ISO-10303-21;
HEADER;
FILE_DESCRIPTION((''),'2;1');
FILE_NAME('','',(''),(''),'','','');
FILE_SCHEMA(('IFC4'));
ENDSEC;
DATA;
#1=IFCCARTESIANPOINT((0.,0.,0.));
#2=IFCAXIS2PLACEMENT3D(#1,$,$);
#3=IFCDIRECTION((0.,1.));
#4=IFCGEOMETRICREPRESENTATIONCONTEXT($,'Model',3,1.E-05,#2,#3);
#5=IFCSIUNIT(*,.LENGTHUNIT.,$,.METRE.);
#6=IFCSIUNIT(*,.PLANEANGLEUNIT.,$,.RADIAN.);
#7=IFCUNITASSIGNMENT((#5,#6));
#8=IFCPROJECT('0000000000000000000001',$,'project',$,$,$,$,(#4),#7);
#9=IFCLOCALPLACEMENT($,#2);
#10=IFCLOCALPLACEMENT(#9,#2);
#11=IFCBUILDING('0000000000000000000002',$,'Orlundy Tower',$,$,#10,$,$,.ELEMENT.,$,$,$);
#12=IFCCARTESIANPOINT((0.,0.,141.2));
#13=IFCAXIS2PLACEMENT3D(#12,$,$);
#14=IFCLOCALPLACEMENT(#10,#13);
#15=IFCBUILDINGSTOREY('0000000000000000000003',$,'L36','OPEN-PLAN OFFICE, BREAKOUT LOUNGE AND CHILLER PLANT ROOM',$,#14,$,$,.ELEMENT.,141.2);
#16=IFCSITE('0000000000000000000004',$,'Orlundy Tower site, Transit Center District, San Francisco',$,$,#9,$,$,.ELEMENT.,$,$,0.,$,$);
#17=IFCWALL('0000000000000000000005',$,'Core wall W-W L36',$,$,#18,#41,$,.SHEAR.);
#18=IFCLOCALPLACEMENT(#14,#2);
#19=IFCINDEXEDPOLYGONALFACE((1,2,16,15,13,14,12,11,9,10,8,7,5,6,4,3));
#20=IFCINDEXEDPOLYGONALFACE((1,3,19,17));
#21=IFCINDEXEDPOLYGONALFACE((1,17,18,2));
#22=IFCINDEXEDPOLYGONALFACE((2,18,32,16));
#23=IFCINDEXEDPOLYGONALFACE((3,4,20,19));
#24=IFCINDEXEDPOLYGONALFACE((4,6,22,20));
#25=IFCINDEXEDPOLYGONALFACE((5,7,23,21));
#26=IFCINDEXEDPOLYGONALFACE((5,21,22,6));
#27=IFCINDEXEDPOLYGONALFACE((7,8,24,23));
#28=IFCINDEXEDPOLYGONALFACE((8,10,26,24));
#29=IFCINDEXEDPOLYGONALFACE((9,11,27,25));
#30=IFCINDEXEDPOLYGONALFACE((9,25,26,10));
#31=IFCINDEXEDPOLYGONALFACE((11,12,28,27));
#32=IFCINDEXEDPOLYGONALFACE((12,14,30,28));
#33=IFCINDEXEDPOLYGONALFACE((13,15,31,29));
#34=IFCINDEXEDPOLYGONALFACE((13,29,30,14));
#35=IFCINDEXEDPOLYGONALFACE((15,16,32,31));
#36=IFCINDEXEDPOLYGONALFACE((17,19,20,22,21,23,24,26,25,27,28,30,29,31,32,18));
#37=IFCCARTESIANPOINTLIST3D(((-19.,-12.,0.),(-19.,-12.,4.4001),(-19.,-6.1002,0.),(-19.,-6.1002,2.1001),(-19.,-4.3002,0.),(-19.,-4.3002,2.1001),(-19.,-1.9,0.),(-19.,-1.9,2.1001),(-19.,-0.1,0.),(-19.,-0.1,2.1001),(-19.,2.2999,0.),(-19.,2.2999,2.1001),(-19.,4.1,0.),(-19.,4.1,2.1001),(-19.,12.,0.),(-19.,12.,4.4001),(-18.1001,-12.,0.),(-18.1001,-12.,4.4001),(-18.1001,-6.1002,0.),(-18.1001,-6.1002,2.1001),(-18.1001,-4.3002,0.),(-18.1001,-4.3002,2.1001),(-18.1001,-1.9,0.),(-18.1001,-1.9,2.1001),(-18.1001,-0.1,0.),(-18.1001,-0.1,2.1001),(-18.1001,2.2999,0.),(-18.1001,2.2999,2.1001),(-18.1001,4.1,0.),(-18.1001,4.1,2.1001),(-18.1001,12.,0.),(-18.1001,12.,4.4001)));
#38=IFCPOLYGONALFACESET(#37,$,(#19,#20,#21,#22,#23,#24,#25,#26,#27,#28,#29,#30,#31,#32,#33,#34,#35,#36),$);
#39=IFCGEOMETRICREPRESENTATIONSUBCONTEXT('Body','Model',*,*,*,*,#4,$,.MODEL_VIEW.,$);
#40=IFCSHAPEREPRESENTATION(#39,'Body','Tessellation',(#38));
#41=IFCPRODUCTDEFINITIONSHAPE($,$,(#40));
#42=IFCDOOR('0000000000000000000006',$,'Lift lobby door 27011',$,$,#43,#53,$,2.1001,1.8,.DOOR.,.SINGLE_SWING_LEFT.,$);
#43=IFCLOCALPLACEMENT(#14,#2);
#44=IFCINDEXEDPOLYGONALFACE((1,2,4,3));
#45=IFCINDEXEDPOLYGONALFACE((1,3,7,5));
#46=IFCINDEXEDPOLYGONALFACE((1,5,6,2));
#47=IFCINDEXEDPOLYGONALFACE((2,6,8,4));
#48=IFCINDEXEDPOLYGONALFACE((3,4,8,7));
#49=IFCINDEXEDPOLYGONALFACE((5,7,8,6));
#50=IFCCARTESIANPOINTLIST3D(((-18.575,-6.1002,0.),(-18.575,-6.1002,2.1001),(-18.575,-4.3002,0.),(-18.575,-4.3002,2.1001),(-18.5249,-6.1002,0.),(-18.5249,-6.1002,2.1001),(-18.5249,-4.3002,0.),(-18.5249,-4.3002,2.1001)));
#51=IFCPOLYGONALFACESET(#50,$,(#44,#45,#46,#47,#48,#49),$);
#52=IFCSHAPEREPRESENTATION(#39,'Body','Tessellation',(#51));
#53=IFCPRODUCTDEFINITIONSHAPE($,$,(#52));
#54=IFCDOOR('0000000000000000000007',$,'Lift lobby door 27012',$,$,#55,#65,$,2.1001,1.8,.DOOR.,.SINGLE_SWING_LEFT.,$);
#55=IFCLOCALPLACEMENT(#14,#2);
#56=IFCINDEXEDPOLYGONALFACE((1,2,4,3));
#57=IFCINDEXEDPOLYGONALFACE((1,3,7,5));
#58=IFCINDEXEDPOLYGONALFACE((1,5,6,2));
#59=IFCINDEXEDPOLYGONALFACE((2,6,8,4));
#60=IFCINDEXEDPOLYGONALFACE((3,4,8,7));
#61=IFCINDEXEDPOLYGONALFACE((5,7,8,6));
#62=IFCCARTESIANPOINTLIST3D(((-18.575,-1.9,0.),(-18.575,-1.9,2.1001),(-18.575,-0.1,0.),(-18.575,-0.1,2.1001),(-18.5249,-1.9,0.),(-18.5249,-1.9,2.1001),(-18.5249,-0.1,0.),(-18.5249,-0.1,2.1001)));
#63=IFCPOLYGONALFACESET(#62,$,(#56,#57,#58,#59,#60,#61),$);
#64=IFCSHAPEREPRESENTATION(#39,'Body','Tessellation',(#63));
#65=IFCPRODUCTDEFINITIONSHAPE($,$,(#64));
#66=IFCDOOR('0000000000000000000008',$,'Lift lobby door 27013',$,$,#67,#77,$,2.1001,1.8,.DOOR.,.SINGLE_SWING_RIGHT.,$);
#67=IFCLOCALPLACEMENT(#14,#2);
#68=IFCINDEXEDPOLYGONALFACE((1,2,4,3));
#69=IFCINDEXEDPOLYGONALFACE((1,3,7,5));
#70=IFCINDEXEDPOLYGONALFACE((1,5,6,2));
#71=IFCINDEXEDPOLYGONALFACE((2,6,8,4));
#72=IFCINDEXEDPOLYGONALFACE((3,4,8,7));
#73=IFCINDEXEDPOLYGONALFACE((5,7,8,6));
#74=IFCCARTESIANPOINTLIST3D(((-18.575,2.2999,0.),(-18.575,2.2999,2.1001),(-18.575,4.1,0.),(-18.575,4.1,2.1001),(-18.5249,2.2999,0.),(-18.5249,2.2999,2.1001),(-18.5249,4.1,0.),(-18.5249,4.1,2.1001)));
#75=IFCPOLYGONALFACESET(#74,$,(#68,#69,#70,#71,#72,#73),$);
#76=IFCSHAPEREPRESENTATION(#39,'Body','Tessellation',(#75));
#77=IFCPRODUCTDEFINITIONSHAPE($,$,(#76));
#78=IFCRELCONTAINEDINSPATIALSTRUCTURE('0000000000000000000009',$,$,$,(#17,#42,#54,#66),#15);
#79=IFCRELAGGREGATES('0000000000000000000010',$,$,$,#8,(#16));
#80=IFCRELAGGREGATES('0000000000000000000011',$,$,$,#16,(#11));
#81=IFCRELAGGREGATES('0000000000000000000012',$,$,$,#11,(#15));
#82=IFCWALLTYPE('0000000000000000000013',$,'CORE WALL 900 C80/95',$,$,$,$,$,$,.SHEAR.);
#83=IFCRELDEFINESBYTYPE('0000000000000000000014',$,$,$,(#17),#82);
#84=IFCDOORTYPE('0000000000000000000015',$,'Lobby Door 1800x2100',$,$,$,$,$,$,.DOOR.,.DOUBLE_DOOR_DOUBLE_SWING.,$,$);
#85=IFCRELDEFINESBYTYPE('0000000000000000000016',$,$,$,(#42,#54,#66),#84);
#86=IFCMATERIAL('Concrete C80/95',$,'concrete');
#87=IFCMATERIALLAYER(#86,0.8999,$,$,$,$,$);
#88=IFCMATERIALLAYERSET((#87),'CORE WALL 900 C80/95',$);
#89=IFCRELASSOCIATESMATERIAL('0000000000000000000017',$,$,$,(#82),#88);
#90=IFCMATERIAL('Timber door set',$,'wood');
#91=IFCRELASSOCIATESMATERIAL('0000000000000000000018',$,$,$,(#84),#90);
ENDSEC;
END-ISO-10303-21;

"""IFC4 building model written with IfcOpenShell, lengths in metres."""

from ifc_helpers import new_model, si_unit, direction, frame, frame_2d, origin, place, context, subcontext, project, spatial, rectangle, extrude, material, layer, layer_set, type_object, element, fill, save


model = new_model("IFC4")

# Units and contexts
model_context = context("Model", 3, precision=1e-05, world=origin(), true_north=direction((0.0, 1.0)))
body_context = subcontext(model_context, "Body", "Model", "MODEL_VIEW")
ifc_project = project(units=[si_unit("LENGTHUNIT", "METRE"), si_unit("PLANEANGLEUNIT", "RADIAN")], contexts=[model_context])

# Site, building, storey
site_placement = place(None, origin())
site = spatial("IfcSite", under=ifc_project, at=site_placement, Name="Orlundy Tower site, Transit Center District, San Francisco", CompositionType="ELEMENT", RefElevation=0.0)
building_placement = place(site_placement, origin())
building = spatial("IfcBuilding", under=site, at=building_placement, Name="Orlundy Tower", CompositionType="ELEMENT")
storey_placement = place(building_placement, frame((0.0, 0.0, 141.2)))
storey = spatial("IfcBuildingStorey", under=building, at=storey_placement, Name="L36", Description="OPEN-PLAN OFFICE, BREAKOUT LOUNGE AND CHILLER PLANT ROOM", CompositionType="ELEMENT", Elevation=141.2)

# Wall, openings, doors
ifc_material_1 = material(Name="Concrete C80/95", Category="concrete")
ifc_layer_1 = layer(ifc_material_1, 0.8999)
ifc_layer_set_1 = layer_set([ifc_layer_1], Name="CORE WALL 900 C80/95")
wall_type = type_object("IfcWallType", Name="CORE WALL 900 C80/95", PredefinedType="SHEAR", material=ifc_layer_set_1)
wall_1_placement = place(storey_placement, frame((-18.55, -12.0, 0.0), z_axis=(0.0, 0.0, 1.0), x_axis=(0.0, 1.0, 0.0)))
wall_1 = element("IfcWall", 1, at=wall_1_placement, inside=storey, type_object=wall_type, Name="Core wall W-W L36", PredefinedType="SHEAR", context=body_context, shape_type="SweptSolid", body=[
    extrude(rectangle(XDim=24.0, YDim=0.8999, at=frame_2d((12.0, 0.0))), origin(), (0.0, 0.0, 1.0), 4.4001),
])
opening_1_placement = place(wall_1_placement, frame((5.8999, 0.0, 0.0)))
opening_1 = element("IfcOpeningElement", 2, at=opening_1_placement, cuts=wall_1, PredefinedType="OPENING", context=body_context, shape_type="SweptSolid", body=[
    extrude(rectangle(XDim=1.8, YDim=2.1001, at=frame_2d((0.8999, 1.05))), frame((0.0, 0.46, 0.0), z_axis=(0.0, -1.0, 0.0), x_axis=(1.0, 0.0, 0.0)), (0.0, 0.0, 1.0), 0.9199),
])
opening_2_placement = place(wall_1_placement, frame((10.1001, 0.0, 0.0)))
opening_2 = element("IfcOpeningElement", 3, at=opening_2_placement, cuts=wall_1, PredefinedType="OPENING", context=body_context, shape_type="SweptSolid", body=[
    extrude(rectangle(XDim=1.8, YDim=2.1001, at=frame_2d((0.8999, 1.05))), frame((0.0, 0.46, 0.0), z_axis=(0.0, -1.0, 0.0), x_axis=(1.0, 0.0, 0.0)), (0.0, 0.0, 1.0), 0.9199),
])
opening_3_placement = place(wall_1_placement, frame((14.3, 0.0, 0.0)))
opening_3 = element("IfcOpeningElement", 4, at=opening_3_placement, cuts=wall_1, PredefinedType="OPENING", context=body_context, shape_type="SweptSolid", body=[
    extrude(rectangle(XDim=1.8, YDim=2.1001, at=frame_2d((0.8999, 1.05))), frame((0.0, 0.46, 0.0), z_axis=(0.0, -1.0, 0.0), x_axis=(1.0, 0.0, 0.0)), (0.0, 0.0, 1.0), 0.9199),
])
ifc_material_2 = material(Name="Timber door set", Category="wood")
door_type_1 = type_object("IfcDoorType", Name="Lobby Door 1800x2100", OperationType="DOUBLE_DOOR_DOUBLE_SWING", PredefinedType="DOOR", material=ifc_material_2)
door_1_placement = place(opening_1_placement, origin())
door_1 = element("IfcDoor", 5, at=door_1_placement, inside=storey, type_object=door_type_1, Name="Lift lobby door 27011", OperationType="SINGLE_SWING_LEFT", OverallHeight=2.1001, OverallWidth=1.8, PredefinedType="DOOR", context=body_context, shape_type="SweptSolid", body=[
    extrude(rectangle(XDim=1.8, YDim=2.1001, at=frame_2d((0.8999, 1.05))), frame((0.0, 0.0249, 0.0), z_axis=(0.0, -1.0, 0.0), x_axis=(1.0, 0.0, 0.0)), (0.0, 0.0, 1.0), 0.05),
])
fill(opening_1, door_1)
door_2_placement = place(opening_2_placement, origin())
door_2 = element("IfcDoor", 6, at=door_2_placement, inside=storey, type_object=door_type_1, Name="Lift lobby door 27012", OperationType="SINGLE_SWING_LEFT", OverallHeight=2.1001, OverallWidth=1.8, PredefinedType="DOOR", context=body_context, shape_type="SweptSolid", body=[
    extrude(rectangle(XDim=1.8, YDim=2.1001, at=frame_2d((0.8999, 1.05))), frame((0.0, 0.0249, 0.0), z_axis=(0.0, -1.0, 0.0), x_axis=(1.0, 0.0, 0.0)), (0.0, 0.0, 1.0), 0.05),
])
fill(opening_2, door_2)
door_3_placement = place(opening_3_placement, origin())
door_3 = element("IfcDoor", 7, at=door_3_placement, inside=storey, type_object=door_type_1, Name="Lift lobby door 27013", OperationType="SINGLE_SWING_RIGHT", OverallHeight=2.1001, OverallWidth=1.8, PredefinedType="DOOR", context=body_context, shape_type="SweptSolid", body=[
    extrude(rectangle(XDim=1.8, YDim=2.1001, at=frame_2d((0.8999, 1.05))), frame((0.0, 0.0249, 0.0), z_axis=(0.0, -1.0, 0.0), x_axis=(1.0, 0.0, 0.0)), (0.0, 0.0, 1.0), 0.05),
])
fill(opening_3, door_3)

save(model, "model.ifc")
